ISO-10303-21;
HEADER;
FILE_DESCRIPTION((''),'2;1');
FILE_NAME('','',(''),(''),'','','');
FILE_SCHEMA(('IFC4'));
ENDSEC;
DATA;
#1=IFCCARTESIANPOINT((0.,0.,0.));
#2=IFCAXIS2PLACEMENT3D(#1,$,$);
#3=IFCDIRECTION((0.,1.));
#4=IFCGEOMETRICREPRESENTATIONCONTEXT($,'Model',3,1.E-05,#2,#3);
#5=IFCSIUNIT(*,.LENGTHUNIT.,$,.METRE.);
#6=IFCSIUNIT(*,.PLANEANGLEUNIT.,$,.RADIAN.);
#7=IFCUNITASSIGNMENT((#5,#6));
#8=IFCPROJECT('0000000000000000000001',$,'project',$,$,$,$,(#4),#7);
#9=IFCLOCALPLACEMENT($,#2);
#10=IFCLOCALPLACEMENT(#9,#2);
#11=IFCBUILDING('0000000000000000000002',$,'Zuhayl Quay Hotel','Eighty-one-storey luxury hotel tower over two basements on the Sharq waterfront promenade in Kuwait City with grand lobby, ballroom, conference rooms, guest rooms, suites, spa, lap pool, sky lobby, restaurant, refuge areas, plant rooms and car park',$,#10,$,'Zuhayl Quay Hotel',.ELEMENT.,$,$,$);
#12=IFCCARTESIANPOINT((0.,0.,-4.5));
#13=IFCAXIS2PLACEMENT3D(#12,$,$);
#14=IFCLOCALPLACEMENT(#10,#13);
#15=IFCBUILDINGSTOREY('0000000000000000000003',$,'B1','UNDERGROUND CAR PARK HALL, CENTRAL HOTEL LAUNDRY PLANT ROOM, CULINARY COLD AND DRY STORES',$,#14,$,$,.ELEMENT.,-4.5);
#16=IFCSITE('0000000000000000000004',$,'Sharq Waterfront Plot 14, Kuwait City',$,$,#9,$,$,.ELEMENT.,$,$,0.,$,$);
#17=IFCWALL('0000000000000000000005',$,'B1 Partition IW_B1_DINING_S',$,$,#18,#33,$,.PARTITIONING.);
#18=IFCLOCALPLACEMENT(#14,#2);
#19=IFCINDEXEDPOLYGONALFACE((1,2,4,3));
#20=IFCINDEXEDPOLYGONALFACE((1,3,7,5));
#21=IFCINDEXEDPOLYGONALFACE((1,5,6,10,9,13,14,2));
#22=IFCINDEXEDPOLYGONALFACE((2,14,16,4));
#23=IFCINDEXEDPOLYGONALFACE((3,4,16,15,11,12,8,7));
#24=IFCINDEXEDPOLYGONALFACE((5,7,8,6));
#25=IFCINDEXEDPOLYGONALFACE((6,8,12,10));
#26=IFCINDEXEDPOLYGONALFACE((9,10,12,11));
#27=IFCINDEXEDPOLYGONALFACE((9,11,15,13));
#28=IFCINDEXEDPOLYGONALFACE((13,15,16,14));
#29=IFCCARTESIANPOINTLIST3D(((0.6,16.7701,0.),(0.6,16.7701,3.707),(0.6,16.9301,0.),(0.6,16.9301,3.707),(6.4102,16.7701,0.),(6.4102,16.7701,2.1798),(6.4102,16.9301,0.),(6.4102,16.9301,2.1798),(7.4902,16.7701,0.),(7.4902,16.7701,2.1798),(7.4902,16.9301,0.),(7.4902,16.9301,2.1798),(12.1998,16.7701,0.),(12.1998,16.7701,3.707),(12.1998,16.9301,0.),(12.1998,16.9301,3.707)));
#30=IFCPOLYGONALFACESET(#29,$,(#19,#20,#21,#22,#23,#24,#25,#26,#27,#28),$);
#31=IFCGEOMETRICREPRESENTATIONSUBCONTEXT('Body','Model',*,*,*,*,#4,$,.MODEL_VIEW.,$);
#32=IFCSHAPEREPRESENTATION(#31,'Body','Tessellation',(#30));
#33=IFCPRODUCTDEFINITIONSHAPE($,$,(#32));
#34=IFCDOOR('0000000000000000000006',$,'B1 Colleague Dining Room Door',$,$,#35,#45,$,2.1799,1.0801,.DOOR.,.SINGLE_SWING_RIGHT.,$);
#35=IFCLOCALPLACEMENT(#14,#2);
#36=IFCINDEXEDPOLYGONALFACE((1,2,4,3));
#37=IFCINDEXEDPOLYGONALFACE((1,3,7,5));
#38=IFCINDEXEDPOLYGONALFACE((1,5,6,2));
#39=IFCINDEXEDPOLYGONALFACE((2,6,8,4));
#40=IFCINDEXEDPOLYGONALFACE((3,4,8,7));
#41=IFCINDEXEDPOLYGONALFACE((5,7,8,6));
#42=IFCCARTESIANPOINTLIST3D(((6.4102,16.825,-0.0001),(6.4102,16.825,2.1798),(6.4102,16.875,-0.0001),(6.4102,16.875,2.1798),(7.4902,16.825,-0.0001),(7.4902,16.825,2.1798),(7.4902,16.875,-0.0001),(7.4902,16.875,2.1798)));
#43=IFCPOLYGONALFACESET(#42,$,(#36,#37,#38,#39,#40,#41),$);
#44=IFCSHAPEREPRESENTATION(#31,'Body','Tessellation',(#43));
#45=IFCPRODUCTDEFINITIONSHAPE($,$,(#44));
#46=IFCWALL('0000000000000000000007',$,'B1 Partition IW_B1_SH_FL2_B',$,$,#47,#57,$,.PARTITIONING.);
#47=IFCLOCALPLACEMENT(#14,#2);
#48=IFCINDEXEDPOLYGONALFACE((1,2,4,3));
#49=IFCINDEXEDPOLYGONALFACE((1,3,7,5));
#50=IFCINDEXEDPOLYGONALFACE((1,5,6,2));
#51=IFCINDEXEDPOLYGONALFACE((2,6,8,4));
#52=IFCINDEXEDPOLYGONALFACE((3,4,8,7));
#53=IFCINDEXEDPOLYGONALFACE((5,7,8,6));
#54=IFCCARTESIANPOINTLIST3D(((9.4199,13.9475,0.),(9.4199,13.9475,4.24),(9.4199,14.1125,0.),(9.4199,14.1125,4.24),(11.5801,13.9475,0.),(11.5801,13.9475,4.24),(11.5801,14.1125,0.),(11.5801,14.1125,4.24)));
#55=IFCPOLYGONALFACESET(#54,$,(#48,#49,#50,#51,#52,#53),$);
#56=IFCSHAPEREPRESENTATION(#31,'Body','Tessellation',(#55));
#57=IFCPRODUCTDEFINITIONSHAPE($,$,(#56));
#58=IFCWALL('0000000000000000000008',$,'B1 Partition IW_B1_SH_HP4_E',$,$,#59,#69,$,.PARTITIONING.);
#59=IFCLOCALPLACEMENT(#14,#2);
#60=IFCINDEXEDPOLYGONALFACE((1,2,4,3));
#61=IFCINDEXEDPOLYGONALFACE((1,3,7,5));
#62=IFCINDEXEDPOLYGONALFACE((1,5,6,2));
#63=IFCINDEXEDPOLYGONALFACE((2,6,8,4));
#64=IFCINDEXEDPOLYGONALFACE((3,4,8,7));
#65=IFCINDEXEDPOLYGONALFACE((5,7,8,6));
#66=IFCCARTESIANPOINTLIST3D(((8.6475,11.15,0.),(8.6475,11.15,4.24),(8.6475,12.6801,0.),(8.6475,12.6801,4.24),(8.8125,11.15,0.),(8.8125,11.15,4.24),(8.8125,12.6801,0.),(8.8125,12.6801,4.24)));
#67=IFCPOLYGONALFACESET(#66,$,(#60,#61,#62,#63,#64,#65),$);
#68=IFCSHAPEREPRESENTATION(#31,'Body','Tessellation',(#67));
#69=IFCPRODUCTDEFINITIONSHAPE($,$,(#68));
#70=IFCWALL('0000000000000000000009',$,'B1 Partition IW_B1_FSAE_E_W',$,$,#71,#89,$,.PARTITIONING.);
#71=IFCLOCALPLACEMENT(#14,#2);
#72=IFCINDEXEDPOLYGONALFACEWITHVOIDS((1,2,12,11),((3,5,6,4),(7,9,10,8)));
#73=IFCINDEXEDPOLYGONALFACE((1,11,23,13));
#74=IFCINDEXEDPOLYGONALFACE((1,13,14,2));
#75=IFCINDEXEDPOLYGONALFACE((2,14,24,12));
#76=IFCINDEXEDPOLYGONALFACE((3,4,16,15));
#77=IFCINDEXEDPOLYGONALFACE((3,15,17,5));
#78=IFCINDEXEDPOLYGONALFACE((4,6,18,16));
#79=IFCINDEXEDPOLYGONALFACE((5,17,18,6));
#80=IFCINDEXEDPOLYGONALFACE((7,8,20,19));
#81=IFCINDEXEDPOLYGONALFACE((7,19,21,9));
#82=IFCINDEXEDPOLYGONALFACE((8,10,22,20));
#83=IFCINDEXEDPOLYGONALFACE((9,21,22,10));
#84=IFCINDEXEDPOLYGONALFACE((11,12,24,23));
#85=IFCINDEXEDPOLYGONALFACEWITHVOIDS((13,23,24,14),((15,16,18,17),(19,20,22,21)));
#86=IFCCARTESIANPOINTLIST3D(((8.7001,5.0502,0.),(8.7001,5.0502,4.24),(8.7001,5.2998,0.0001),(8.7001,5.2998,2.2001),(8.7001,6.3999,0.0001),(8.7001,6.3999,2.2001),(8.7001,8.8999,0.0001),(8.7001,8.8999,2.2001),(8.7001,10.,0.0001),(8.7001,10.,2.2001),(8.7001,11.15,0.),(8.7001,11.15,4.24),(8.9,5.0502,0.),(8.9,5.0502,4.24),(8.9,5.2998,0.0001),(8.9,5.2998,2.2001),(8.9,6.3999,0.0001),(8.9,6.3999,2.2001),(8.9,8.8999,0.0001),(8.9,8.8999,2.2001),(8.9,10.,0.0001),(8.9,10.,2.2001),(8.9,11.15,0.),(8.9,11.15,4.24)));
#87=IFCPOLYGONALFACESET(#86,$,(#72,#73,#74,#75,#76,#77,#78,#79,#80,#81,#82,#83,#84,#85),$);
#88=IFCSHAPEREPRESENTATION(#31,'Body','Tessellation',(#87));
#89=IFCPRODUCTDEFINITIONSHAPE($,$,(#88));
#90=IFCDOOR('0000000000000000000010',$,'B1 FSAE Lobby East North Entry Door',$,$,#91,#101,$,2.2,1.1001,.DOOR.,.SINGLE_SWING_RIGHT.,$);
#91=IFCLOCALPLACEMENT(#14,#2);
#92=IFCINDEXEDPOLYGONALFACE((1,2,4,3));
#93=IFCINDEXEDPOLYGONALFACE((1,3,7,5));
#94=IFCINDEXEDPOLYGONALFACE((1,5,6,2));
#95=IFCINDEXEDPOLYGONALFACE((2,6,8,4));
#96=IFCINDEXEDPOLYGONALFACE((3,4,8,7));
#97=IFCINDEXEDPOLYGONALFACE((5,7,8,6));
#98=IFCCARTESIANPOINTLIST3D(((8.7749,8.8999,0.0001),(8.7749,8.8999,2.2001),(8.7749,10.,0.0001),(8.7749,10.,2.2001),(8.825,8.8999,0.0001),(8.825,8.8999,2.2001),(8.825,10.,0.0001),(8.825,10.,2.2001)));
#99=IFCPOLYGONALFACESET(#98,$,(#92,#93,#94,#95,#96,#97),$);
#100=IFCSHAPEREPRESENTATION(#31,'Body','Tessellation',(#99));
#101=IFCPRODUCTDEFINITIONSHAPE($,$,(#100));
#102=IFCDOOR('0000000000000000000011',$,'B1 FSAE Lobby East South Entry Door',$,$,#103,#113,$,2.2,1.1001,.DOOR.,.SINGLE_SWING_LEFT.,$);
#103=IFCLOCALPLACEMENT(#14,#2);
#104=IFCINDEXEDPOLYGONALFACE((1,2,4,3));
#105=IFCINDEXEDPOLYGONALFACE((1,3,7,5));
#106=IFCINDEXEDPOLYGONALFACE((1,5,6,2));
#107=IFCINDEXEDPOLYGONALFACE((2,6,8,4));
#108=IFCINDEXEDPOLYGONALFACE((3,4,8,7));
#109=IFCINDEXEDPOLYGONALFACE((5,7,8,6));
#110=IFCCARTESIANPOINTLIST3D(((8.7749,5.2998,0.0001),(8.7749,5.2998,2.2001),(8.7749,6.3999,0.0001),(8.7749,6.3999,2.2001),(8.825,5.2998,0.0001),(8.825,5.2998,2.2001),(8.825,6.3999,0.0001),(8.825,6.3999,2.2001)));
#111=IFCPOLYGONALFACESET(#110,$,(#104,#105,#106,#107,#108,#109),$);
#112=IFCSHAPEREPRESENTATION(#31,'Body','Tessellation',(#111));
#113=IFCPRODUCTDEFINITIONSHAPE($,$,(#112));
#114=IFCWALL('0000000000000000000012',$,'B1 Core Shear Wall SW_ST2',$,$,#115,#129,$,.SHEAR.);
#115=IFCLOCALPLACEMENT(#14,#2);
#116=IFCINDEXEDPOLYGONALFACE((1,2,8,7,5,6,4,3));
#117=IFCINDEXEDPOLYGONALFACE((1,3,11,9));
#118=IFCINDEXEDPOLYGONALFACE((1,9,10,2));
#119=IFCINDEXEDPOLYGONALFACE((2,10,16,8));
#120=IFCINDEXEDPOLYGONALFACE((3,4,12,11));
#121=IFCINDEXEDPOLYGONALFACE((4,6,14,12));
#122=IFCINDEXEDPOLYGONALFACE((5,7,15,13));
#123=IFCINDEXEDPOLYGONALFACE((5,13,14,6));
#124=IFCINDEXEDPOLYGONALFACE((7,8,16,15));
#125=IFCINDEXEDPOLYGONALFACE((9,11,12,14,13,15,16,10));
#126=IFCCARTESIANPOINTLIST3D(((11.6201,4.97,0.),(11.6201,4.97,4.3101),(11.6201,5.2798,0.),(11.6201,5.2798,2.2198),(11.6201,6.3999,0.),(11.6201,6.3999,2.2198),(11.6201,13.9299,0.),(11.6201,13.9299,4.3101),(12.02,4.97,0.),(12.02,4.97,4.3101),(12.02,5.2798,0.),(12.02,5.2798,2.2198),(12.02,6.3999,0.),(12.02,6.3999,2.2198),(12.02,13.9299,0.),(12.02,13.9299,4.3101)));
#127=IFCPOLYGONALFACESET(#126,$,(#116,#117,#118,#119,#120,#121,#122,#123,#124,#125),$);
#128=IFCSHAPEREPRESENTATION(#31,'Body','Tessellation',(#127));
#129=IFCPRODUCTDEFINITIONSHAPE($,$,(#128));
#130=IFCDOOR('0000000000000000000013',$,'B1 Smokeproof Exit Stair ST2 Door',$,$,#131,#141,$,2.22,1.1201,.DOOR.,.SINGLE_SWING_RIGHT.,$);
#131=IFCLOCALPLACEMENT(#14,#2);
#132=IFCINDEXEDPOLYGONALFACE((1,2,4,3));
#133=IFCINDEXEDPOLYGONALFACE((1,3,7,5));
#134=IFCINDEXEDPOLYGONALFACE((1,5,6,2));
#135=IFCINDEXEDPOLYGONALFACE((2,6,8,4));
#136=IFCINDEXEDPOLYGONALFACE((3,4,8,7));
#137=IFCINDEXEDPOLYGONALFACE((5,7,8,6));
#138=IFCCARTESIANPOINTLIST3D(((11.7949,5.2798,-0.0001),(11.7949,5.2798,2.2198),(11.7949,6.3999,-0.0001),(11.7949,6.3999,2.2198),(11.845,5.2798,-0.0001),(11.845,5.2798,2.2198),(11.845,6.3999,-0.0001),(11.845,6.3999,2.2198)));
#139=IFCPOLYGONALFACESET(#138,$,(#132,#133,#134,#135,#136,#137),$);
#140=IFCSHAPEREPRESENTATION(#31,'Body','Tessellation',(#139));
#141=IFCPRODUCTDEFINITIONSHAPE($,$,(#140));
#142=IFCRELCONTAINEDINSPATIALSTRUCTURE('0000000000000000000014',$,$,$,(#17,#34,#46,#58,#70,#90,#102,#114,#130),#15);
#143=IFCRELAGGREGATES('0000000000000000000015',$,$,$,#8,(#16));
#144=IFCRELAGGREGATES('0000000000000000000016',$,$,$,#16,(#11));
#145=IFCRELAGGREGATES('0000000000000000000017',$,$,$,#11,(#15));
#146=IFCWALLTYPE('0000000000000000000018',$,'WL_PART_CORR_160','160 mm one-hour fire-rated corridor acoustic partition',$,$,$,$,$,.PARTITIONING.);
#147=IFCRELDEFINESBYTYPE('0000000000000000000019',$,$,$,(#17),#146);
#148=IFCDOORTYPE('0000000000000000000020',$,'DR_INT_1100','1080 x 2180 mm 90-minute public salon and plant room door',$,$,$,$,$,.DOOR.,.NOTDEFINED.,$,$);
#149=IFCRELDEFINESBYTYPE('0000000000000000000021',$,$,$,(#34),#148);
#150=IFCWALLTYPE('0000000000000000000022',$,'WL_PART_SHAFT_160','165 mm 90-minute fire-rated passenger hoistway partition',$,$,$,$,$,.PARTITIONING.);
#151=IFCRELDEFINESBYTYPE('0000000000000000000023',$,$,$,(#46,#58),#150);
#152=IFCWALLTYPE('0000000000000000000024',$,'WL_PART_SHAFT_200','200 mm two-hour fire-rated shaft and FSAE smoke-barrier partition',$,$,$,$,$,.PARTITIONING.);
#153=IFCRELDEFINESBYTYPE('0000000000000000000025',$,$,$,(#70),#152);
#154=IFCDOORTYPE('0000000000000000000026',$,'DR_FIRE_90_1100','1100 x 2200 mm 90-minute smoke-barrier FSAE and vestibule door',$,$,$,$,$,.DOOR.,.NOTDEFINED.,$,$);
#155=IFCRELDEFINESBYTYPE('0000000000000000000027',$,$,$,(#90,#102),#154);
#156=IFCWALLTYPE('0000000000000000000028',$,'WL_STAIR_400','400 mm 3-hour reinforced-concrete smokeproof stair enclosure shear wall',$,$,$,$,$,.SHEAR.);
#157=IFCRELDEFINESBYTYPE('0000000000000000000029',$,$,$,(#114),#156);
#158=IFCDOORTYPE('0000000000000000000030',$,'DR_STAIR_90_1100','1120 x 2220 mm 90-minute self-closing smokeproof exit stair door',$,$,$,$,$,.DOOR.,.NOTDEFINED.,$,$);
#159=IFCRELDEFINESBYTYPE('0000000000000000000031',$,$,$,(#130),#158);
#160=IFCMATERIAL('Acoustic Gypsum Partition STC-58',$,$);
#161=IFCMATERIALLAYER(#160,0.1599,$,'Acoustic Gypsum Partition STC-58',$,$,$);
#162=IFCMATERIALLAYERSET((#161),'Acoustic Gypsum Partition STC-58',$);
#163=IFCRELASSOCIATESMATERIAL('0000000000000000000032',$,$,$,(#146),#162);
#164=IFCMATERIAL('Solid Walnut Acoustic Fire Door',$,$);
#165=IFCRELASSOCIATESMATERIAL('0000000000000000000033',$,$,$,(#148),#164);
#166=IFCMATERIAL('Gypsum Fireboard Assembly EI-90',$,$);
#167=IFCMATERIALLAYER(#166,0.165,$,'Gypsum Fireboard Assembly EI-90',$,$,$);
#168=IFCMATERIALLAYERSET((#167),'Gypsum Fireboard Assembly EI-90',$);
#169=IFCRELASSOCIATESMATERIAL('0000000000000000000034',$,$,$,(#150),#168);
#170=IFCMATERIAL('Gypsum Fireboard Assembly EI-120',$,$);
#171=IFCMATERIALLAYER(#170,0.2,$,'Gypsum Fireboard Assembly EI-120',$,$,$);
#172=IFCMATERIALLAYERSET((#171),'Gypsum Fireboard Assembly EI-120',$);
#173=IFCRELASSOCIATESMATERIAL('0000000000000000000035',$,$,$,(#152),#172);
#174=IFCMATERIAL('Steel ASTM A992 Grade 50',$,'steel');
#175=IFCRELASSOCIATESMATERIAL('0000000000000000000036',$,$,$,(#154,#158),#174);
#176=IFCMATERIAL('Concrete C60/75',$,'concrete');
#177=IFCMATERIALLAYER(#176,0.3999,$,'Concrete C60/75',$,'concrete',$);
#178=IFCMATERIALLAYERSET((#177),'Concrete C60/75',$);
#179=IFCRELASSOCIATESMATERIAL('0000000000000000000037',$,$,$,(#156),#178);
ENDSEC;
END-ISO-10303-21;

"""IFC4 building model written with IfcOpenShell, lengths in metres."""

from ifc_helpers import new_model, si_unit, direction, frame, frame_2d, origin, place, context, subcontext, project, spatial, rectangle, extrude, material, layer, layer_set, type_object, element, fill, save


model = new_model("IFC4")

# Units and contexts
model_context = context("Model", 3, precision=1e-05, world=origin(), true_north=direction((0.0, 1.0)))
body_context = subcontext(model_context, "Body", "Model", "MODEL_VIEW")
ifc_project = project(units=[si_unit("LENGTHUNIT", "METRE"), si_unit("PLANEANGLEUNIT", "RADIAN")], contexts=[model_context])

# Site, building, storey
site_placement = place(None, origin())
site = spatial("IfcSite", under=ifc_project, at=site_placement, Name="Sharq Waterfront Plot 14, Kuwait City", CompositionType="ELEMENT", RefElevation=0.0)
building_placement = place(site_placement, origin())
building = spatial("IfcBuilding", under=site, at=building_placement, Name="Zuhayl Quay Hotel", Description="Eighty-one-storey luxury hotel tower over two basements on the Sharq waterfront promenade in Kuwait City with grand lobby, ballroom, conference rooms, guest rooms, suites, spa, lap pool, sky lobby, restaurant, refuge areas, plant rooms and car park", LongName="Zuhayl Quay Hotel", CompositionType="ELEMENT")
storey_placement = place(building_placement, frame((0.0, 0.0, -4.5)))
storey = spatial("IfcBuildingStorey", under=building, at=storey_placement, Name="B1", Description="UNDERGROUND CAR PARK HALL, CENTRAL HOTEL LAUNDRY PLANT ROOM, CULINARY COLD AND DRY STORES", CompositionType="ELEMENT", Elevation=-4.5)

# Shared definitions
ifc_material_1 = material(Name="Steel ASTM A992 Grade 50", Category="steel")

# Shared definitions
ifc_material_2 = material(Name="Acoustic Gypsum Partition STC-58")

# Wall, opening, door
ifc_layer_1 = layer(ifc_material_2, 0.1599, Name="Acoustic Gypsum Partition STC-58")
ifc_layer_set_1 = layer_set([ifc_layer_1], Name="Acoustic Gypsum Partition STC-58")
wall_type_1 = type_object("IfcWallType", Name="WL_PART_CORR_160", Description="160 mm one-hour fire-rated corridor acoustic partition", PredefinedType="PARTITIONING", material=ifc_layer_set_1)
wall_1_placement = place(storey_placement, frame((0.6001, 16.8501, 0.0), z_axis=(0.0, 0.0, 1.0), x_axis=(1.0, 0.0, 0.0)))
wall_1 = element("IfcWall", 1, at=wall_1_placement, inside=storey, type_object=wall_type_1, Name="B1 Partition IW_B1_DINING_S", PredefinedType="PARTITIONING", context=body_context, shape_type="SweptSolid", body=[
    extrude(rectangle(XDim=11.5999, YDim=0.1599, at=frame_2d((5.7998, 0.0))), origin(), (0.0, 0.0, 1.0), 3.707),
])
opening_1_placement = place(wall_1_placement, frame((5.8101, 0.0, 0.0)))
opening_1 = element("IfcOpeningElement", 2, at=opening_1_placement, cuts=wall_1, PredefinedType="OPENING", context=body_context, shape_type="SweptSolid", body=[
    extrude(rectangle(XDim=1.0801, YDim=2.1799, at=frame_2d((0.54, 1.0898))), frame((0.0, 0.0898, 0.0), z_axis=(0.0, -1.0, 0.0), x_axis=(1.0, 0.0, 0.0)), (0.0, 0.0, 1.0), 0.1799),
])
ifc_material_3 = material(Name="Solid Walnut Acoustic Fire Door")
door_type_1 = type_object("IfcDoorType", Name="DR_INT_1100", Description="1080 x 2180 mm 90-minute public salon and plant room door", OperationType="NOTDEFINED", PredefinedType="DOOR", material=ifc_material_3)
door_1_placement = place(opening_1_placement, origin())
door_1 = element("IfcDoor", 3, at=door_1_placement, inside=storey, type_object=door_type_1, Name="B1 Colleague Dining Room Door", OperationType="SINGLE_SWING_RIGHT", OverallHeight=2.1799, OverallWidth=1.0801, PredefinedType="DOOR", context=body_context, shape_type="SweptSolid", body=[
    extrude(rectangle(XDim=1.0801, YDim=2.1799, at=frame_2d((0.54, 1.0898))), frame((0.0, 0.0249, 0.0), z_axis=(0.0, -1.0, 0.0), x_axis=(1.0, 0.0, 0.0)), (0.0, 0.0, 1.0), 0.05),
])
fill(opening_1, door_1)

# Walls
ifc_material_4 = material(Name="Gypsum Fireboard Assembly EI-90")
ifc_layer_2 = layer(ifc_material_4, 0.165, Name="Gypsum Fireboard Assembly EI-90")
ifc_layer_set_2 = layer_set([ifc_layer_2], Name="Gypsum Fireboard Assembly EI-90")
wall_type_2 = type_object("IfcWallType", Name="WL_PART_SHAFT_160", Description="165 mm 90-minute fire-rated passenger hoistway partition", PredefinedType="PARTITIONING", material=ifc_layer_set_2)
wall_2_placement = place(storey_placement, frame((9.4199, 14.03, 0.0), z_axis=(0.0, 0.0, 1.0), x_axis=(1.0, 0.0, 0.0)))
element("IfcWall", 4, at=wall_2_placement, inside=storey, type_object=wall_type_2, Name="B1 Partition IW_B1_SH_FL2_B", PredefinedType="PARTITIONING", context=body_context, shape_type="SweptSolid", body=[
    extrude(rectangle(XDim=2.1602, YDim=0.165, at=frame_2d((1.0801, 0.0))), origin(), (0.0, 0.0, 1.0), 4.24),
])
wall_3_placement = place(storey_placement, frame((8.73, 11.1499, 0.0), z_axis=(0.0, 0.0, 1.0), x_axis=(0.0, 1.0, 0.0)))
element("IfcWall", 5, at=wall_3_placement, inside=storey, type_object=wall_type_2, Name="B1 Partition IW_B1_SH_HP4_E", PredefinedType="PARTITIONING", context=body_context, shape_type="SweptSolid", body=[
    extrude(rectangle(XDim=1.53, YDim=0.165, at=frame_2d((0.7651, 0.0))), origin(), (0.0, 0.0, 1.0), 4.24),
])

# Wall, openings, doors
ifc_material_5 = material(Name="Gypsum Fireboard Assembly EI-120")
ifc_layer_3 = layer(ifc_material_5, 0.2, Name="Gypsum Fireboard Assembly EI-120")
ifc_layer_set_3 = layer_set([ifc_layer_3], Name="Gypsum Fireboard Assembly EI-120")
wall_type_3 = type_object("IfcWallType", Name="WL_PART_SHAFT_200", Description="200 mm two-hour fire-rated shaft and FSAE smoke-barrier partition", PredefinedType="PARTITIONING", material=ifc_layer_set_3)
wall_4_placement = place(storey_placement, frame((8.8, 11.1499, 0.0), z_axis=(0.0, 0.0, 1.0), x_axis=(0.0, -1.0, 0.0)))
wall_4 = element("IfcWall", 6, at=wall_4_placement, inside=storey, type_object=wall_type_3, Name="B1 Partition IW_B1_FSAE_E_W", PredefinedType="PARTITIONING", context=body_context, shape_type="SweptSolid", body=[
    extrude(rectangle(XDim=6.0999, YDim=0.2, at=frame_2d((3.0498, 0.0))), origin(), (0.0, 0.0, 1.0), 4.24),
])
opening_2_placement = place(wall_4_placement, frame((1.1499, 0.0, 0.0)))
opening_2 = element("IfcOpeningElement", 7, at=opening_2_placement, cuts=wall_4, PredefinedType="OPENING", context=body_context, shape_type="SweptSolid", body=[
    extrude(rectangle(XDim=1.1001, YDim=2.2, at=frame_2d((0.55, 1.1001))), frame((0.0, 0.1099, 0.0), z_axis=(0.0, -1.0, 0.0), x_axis=(1.0, 0.0, 0.0)), (0.0, 0.0, 1.0), 0.22),
])
opening_3_placement = place(wall_4_placement, frame((4.75, 0.0, 0.0)))
opening_3 = element("IfcOpeningElement", 8, at=opening_3_placement, cuts=wall_4, PredefinedType="OPENING", context=body_context, shape_type="SweptSolid", body=[
    extrude(rectangle(XDim=1.1001, YDim=2.2, at=frame_2d((0.55, 1.1001))), frame((0.0, 0.1099, 0.0), z_axis=(0.0, -1.0, 0.0), x_axis=(1.0, 0.0, 0.0)), (0.0, 0.0, 1.0), 0.22),
])
door_type_2 = type_object("IfcDoorType", Name="DR_FIRE_90_1100", Description="1100 x 2200 mm 90-minute smoke-barrier FSAE and vestibule door", OperationType="NOTDEFINED", PredefinedType="DOOR", material=ifc_material_1)
door_2_placement = place(opening_2_placement, origin())
door_2 = element("IfcDoor", 9, at=door_2_placement, inside=storey, type_object=door_type_2, Name="B1 FSAE Lobby East North Entry Door", OperationType="SINGLE_SWING_RIGHT", OverallHeight=2.2, OverallWidth=1.1001, PredefinedType="DOOR", context=body_context, shape_type="SweptSolid", body=[
    extrude(rectangle(XDim=1.1001, YDim=2.2, at=frame_2d((0.55, 1.1001))), frame((0.0, 0.0249, 0.0), z_axis=(0.0, -1.0, 0.0), x_axis=(1.0, 0.0, 0.0)), (0.0, 0.0, 1.0), 0.05),
])
fill(opening_2, door_2)
door_3_placement = place(opening_3_placement, origin())
door_3 = element("IfcDoor", 10, at=door_3_placement, inside=storey, type_object=door_type_2, Name="B1 FSAE Lobby East South Entry Door", OperationType="SINGLE_SWING_LEFT", OverallHeight=2.2, OverallWidth=1.1001, PredefinedType="DOOR", context=body_context, shape_type="SweptSolid", body=[
    extrude(rectangle(XDim=1.1001, YDim=2.2, at=frame_2d((0.55, 1.1001))), frame((0.0, 0.0249, 0.0), z_axis=(0.0, -1.0, 0.0), x_axis=(1.0, 0.0, 0.0)), (0.0, 0.0, 1.0), 0.05),
])
fill(opening_3, door_3)

# Wall, opening, door
ifc_material_6 = material(Name="Concrete C60/75", Category="concrete")
ifc_layer_4 = layer(ifc_material_6, 0.3999, Name="Concrete C60/75", Category="concrete")
ifc_layer_set_4 = layer_set([ifc_layer_4], Name="Concrete C60/75")
wall_type_4 = type_object("IfcWallType", Name="WL_STAIR_400", Description="400 mm 3-hour reinforced-concrete smokeproof stair enclosure shear wall", PredefinedType="SHEAR", material=ifc_layer_set_4)
wall_5_placement = place(storey_placement, frame((11.8201, 13.9299, 0.0), z_axis=(0.0, 0.0, 1.0), x_axis=(0.0, -1.0, 0.0)))
wall_5 = element("IfcWall", 11, at=wall_5_placement, inside=storey, type_object=wall_type_4, Name="B1 Core Shear Wall SW_ST2", PredefinedType="SHEAR", context=body_context, shape_type="SweptSolid", body=[
    extrude(rectangle(XDim=8.96, YDim=0.3999, at=frame_2d((4.48, 0.0))), origin(), (0.0, 0.0, 1.0), 4.3101),
])
opening_4_placement = place(wall_5_placement, frame((7.53, 0.0, 0.0)))
opening_4 = element("IfcOpeningElement", 12, at=opening_4_placement, cuts=wall_5, PredefinedType="OPENING", context=body_context, shape_type="SweptSolid", body=[
    extrude(rectangle(XDim=1.1201, YDim=2.22, at=frame_2d((0.5601, 1.1099))), frame((0.0, 0.21, 0.0), z_axis=(0.0, -1.0, 0.0), x_axis=(1.0, 0.0, 0.0)), (0.0, 0.0, 1.0), 0.4199),
])
door_type_3 = type_object("IfcDoorType", Name="DR_STAIR_90_1100", Description="1120 x 2220 mm 90-minute self-closing smokeproof exit stair door", OperationType="NOTDEFINED", PredefinedType="DOOR", material=ifc_material_1)
door_4_placement = place(opening_4_placement, origin())
door_4 = element("IfcDoor", 13, at=door_4_placement, inside=storey, type_object=door_type_3, Name="B1 Smokeproof Exit Stair ST2 Door", OperationType="SINGLE_SWING_RIGHT", OverallHeight=2.22, OverallWidth=1.1201, PredefinedType="DOOR", context=body_context, shape_type="SweptSolid", body=[
    extrude(rectangle(XDim=1.1201, YDim=2.22, at=frame_2d((0.5601, 1.1099))), frame((0.0, 0.0249, 0.0), z_axis=(0.0, -1.0, 0.0), x_axis=(1.0, 0.0, 0.0)), (0.0, 0.0, 1.0), 0.05),
])
fill(opening_4, door_4)

save(model, "model.ifc")
